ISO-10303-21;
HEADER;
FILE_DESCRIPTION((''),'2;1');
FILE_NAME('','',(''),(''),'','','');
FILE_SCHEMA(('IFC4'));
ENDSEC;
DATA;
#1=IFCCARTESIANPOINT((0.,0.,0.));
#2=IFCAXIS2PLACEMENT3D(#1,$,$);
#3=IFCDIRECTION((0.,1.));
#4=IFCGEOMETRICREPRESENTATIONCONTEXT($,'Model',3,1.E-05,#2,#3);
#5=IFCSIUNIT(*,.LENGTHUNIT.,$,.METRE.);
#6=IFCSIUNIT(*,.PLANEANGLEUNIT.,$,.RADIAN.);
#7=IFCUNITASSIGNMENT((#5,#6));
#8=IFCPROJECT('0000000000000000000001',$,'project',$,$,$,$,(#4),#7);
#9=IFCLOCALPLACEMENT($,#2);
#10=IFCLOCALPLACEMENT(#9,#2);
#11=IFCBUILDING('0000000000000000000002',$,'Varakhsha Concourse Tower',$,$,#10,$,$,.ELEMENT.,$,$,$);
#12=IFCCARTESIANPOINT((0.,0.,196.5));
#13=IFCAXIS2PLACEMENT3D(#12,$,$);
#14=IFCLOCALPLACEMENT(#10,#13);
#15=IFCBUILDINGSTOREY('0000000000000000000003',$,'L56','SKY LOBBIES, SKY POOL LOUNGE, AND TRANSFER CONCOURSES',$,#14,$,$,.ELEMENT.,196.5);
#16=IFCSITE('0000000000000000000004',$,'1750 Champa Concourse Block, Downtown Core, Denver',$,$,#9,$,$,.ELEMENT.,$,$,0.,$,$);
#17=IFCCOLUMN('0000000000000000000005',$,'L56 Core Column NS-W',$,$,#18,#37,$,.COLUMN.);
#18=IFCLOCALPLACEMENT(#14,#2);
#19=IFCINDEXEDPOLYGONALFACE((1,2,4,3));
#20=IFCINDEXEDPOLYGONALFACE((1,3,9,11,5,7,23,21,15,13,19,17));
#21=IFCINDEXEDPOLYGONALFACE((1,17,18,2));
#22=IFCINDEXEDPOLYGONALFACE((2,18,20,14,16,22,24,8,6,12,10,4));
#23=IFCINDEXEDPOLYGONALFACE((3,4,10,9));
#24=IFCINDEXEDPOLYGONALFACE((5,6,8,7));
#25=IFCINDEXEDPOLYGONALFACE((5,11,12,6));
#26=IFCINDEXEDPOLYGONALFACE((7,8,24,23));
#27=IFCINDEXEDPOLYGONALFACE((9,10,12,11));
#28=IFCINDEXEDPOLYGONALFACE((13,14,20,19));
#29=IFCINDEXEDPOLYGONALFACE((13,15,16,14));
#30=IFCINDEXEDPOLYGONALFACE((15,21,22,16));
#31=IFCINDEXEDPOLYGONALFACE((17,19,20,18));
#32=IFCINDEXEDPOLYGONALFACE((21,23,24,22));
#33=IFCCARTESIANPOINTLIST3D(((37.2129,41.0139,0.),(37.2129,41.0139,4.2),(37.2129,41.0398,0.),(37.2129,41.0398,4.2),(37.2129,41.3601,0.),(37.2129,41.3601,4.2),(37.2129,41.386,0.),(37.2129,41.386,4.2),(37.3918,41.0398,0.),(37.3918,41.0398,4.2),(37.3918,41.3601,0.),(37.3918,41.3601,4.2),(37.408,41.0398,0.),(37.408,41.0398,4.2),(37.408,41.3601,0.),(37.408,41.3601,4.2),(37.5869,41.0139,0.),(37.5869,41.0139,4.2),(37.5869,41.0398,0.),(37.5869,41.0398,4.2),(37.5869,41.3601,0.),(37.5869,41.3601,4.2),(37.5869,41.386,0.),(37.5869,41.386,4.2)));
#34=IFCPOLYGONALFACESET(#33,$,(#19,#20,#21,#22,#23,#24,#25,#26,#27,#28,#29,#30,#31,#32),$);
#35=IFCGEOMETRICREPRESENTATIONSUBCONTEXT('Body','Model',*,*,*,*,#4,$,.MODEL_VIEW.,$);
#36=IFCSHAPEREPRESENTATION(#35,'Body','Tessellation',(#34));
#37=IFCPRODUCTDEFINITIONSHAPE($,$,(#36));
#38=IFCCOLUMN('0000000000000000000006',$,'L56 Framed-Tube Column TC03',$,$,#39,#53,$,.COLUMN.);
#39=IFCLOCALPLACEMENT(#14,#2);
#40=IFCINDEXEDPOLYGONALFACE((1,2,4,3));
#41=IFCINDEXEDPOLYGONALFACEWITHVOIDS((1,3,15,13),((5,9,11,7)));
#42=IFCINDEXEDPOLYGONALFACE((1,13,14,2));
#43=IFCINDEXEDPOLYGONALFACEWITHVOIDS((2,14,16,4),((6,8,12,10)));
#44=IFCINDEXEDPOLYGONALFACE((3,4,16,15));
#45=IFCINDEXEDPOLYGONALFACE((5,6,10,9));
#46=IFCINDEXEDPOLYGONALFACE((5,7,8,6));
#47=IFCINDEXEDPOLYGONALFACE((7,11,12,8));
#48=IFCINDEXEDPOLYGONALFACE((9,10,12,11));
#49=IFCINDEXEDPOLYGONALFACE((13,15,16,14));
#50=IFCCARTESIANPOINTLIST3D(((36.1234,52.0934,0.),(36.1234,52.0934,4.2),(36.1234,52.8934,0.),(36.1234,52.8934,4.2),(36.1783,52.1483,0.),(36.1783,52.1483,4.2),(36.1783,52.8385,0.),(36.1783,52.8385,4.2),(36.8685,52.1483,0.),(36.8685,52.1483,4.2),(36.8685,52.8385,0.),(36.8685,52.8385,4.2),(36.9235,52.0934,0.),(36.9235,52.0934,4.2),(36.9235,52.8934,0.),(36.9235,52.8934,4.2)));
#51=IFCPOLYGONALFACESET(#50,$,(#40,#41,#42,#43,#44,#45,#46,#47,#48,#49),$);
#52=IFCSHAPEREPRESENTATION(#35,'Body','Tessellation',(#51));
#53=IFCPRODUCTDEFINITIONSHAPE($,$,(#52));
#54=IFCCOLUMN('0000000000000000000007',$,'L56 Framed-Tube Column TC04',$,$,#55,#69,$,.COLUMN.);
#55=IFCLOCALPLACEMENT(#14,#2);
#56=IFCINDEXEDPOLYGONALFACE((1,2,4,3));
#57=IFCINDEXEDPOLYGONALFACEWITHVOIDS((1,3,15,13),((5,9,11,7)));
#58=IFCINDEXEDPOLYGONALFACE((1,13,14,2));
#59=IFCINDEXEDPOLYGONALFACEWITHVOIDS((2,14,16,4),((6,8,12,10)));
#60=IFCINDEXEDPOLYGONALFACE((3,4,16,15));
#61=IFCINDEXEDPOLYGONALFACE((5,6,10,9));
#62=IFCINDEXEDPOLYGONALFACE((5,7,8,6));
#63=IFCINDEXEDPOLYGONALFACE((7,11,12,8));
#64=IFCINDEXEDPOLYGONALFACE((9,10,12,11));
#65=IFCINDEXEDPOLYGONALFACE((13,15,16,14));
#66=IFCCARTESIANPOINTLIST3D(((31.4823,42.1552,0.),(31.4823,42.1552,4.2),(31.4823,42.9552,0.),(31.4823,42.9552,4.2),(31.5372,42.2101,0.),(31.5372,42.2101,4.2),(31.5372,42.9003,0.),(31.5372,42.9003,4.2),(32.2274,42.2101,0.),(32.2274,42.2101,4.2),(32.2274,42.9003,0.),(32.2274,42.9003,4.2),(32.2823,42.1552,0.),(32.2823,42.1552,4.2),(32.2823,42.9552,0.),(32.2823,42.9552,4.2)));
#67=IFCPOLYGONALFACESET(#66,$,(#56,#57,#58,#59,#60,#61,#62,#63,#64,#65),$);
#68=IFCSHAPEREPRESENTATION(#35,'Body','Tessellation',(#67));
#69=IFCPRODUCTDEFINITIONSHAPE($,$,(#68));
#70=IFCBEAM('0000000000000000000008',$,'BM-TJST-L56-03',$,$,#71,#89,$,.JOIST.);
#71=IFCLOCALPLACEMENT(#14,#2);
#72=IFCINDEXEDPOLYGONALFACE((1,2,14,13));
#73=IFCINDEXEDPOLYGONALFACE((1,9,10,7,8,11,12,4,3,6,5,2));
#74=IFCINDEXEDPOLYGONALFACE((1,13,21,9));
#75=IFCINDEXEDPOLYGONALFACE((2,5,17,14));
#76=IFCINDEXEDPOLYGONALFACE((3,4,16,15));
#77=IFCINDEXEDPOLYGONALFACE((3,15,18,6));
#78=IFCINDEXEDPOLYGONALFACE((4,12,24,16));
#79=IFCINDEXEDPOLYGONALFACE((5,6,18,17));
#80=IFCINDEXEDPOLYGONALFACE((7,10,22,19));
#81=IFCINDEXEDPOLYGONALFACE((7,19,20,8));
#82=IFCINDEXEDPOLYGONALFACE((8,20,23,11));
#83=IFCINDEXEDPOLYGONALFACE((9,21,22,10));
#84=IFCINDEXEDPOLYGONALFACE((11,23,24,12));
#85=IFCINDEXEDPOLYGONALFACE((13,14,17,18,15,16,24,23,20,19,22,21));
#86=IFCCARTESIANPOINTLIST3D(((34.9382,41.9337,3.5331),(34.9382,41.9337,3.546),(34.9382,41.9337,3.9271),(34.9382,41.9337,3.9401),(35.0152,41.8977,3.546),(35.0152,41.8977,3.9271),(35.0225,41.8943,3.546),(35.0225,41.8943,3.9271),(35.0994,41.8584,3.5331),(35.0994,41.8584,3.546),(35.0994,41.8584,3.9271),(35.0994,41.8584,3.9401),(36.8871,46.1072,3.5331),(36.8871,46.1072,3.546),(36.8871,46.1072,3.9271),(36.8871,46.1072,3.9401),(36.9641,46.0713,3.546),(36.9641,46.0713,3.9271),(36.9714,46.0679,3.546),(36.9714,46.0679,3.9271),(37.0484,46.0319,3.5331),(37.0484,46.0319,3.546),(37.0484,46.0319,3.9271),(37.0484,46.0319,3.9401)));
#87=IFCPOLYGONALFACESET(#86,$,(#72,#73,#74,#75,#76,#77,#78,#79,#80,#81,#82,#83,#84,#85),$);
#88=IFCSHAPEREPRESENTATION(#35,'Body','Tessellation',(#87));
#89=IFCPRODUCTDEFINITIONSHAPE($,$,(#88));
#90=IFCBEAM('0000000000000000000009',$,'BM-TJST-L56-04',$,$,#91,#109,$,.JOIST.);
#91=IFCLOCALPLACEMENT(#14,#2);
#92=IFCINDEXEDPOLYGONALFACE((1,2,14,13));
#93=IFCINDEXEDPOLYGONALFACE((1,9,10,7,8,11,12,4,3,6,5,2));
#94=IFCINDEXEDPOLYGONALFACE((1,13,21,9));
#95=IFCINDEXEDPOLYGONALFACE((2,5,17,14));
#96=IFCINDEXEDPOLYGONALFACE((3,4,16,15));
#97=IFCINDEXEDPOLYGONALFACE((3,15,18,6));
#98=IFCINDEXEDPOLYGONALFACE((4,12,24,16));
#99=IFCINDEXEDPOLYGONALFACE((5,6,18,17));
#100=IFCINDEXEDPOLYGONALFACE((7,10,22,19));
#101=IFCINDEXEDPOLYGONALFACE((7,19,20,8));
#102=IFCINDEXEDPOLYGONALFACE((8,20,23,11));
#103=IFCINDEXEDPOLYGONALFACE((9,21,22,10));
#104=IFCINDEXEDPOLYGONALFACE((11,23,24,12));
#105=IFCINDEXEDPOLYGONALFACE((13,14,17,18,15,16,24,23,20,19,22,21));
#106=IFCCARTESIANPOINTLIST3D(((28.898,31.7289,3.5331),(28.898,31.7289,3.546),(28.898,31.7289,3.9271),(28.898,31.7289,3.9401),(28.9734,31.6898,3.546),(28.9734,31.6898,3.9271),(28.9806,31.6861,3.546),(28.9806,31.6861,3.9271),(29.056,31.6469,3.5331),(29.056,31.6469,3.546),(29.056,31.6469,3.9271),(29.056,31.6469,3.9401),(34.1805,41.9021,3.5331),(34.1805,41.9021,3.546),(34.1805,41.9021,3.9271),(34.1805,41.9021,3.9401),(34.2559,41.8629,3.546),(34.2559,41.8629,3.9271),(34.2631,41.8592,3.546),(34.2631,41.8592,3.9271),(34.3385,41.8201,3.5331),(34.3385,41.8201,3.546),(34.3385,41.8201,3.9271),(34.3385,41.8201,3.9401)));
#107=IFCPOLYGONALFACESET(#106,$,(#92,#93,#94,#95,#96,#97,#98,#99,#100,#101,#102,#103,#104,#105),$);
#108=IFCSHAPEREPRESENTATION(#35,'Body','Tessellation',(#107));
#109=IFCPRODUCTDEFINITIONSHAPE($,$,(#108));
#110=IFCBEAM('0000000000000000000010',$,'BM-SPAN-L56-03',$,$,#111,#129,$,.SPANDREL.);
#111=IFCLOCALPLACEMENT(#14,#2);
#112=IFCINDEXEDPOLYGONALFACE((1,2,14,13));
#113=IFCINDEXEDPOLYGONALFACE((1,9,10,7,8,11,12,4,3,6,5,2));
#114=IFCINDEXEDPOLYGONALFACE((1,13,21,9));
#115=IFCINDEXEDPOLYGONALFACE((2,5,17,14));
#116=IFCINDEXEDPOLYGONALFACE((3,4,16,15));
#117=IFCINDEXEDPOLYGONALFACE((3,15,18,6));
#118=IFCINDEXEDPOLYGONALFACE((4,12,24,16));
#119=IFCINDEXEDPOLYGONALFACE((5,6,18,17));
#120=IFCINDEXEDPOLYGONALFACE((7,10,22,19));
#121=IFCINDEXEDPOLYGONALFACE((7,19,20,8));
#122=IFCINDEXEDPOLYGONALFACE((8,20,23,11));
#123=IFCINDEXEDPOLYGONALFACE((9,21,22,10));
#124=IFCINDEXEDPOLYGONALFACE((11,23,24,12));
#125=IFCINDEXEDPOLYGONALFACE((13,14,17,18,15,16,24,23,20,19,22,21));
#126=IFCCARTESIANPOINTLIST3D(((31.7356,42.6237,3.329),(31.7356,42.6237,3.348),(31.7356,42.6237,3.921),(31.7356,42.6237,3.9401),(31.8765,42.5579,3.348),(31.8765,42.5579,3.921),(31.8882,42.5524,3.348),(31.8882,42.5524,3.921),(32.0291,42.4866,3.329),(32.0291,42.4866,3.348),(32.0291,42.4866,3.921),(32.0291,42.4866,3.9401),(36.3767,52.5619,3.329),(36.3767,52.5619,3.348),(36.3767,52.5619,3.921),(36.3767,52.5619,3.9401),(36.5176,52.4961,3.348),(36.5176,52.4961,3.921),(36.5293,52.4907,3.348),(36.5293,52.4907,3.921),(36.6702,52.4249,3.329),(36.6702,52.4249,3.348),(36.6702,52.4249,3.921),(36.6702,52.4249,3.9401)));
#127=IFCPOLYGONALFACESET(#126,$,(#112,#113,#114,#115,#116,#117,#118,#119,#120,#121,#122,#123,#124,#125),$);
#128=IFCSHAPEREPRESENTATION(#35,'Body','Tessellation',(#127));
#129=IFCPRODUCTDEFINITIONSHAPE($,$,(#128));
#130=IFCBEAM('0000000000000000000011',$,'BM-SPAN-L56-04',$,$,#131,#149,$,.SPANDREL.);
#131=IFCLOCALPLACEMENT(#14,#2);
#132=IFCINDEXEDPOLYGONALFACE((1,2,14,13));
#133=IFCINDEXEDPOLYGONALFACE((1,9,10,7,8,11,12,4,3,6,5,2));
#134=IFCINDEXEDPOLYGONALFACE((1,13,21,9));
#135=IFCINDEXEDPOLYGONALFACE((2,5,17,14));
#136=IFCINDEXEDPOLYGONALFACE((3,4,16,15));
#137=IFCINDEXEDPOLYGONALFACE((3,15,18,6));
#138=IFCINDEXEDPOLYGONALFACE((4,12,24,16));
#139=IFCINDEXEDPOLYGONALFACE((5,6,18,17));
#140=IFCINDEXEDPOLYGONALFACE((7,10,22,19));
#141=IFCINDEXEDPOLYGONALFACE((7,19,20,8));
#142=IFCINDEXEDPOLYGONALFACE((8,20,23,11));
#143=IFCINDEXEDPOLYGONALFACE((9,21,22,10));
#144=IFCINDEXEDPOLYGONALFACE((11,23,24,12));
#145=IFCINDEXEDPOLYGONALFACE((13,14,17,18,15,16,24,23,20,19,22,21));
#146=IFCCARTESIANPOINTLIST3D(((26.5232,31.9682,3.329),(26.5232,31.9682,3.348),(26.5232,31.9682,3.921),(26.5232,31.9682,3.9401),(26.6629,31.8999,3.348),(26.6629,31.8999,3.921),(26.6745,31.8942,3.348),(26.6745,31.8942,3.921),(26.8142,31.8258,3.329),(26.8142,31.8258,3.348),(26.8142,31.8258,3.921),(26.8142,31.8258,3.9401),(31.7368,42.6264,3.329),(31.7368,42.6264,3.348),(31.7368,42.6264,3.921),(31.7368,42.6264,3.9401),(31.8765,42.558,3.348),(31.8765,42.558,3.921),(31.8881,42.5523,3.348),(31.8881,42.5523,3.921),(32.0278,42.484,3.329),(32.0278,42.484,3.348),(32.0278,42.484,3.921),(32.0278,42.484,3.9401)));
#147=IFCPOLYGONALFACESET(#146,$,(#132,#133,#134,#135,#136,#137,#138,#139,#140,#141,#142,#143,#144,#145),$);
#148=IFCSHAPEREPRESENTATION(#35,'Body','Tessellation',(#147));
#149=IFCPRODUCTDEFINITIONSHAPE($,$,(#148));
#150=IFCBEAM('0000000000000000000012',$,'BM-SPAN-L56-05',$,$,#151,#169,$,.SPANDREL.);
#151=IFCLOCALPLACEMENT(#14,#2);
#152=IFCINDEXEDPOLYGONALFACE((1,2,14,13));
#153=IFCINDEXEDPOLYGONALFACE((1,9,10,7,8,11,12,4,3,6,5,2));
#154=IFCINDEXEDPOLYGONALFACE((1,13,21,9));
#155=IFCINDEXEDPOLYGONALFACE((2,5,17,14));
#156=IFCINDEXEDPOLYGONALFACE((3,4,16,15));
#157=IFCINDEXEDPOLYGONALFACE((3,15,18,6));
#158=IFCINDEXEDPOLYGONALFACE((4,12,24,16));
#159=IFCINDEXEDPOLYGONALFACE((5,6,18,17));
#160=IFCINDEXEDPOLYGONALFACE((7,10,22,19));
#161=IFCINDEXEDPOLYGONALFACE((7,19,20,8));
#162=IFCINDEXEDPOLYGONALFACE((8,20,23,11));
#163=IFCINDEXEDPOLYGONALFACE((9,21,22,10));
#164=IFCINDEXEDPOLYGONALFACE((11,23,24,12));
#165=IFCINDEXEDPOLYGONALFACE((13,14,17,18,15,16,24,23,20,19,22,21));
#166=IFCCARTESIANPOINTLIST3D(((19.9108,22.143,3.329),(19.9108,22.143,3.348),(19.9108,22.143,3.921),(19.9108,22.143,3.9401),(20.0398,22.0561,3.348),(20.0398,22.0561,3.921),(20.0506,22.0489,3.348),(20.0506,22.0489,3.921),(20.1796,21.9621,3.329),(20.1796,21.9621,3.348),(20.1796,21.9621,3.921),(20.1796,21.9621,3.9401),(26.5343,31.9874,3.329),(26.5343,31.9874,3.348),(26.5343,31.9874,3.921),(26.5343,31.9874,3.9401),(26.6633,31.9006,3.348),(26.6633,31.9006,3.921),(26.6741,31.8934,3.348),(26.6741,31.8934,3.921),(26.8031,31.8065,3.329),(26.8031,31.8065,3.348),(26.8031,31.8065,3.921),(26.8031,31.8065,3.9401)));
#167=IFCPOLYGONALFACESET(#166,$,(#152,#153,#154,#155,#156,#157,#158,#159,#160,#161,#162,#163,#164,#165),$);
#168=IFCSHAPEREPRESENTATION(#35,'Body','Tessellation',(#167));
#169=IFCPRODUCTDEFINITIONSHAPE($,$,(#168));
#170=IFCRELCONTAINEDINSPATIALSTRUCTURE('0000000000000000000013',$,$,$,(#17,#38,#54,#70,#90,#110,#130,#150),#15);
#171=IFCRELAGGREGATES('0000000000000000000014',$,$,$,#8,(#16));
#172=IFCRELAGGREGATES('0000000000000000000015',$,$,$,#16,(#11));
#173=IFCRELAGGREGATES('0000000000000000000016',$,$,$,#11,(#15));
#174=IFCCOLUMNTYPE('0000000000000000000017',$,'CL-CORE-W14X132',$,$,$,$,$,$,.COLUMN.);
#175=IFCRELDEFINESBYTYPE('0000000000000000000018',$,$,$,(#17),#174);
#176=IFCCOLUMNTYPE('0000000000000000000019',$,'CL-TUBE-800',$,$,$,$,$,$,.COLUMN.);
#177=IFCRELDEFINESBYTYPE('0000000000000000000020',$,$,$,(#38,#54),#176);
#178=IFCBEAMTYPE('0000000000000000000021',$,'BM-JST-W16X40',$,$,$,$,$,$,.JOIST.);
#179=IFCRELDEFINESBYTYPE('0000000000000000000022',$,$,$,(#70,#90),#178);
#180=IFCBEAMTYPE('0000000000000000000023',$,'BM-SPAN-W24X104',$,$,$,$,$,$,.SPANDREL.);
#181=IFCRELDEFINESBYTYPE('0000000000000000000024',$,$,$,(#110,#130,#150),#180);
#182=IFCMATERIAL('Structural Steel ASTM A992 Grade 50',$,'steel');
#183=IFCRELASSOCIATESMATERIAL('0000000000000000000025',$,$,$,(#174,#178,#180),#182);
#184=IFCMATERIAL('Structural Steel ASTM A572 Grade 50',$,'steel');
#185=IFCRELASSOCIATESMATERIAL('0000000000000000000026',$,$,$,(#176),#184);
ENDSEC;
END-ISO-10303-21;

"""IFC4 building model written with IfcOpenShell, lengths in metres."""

from ifc_helpers import new_model, si_unit, direction, frame, origin, origin_2d, place, context, subcontext, project, spatial, hollow_rectangle, i_section, extrude, material, material_profile, profile_set, type_object, element, save


model = new_model("IFC4")

# Units and contexts
model_context = context("Model", 3, precision=1e-05, world=origin(), true_north=direction((0.0, 1.0)))
body_context = subcontext(model_context, "Body", "Model", "MODEL_VIEW")
ifc_project = project(units=[si_unit("LENGTHUNIT", "METRE"), si_unit("PLANEANGLEUNIT", "RADIAN")], contexts=[model_context])

# Site, building, storey
site_placement = place(None, origin())
site = spatial("IfcSite", under=ifc_project, at=site_placement, Name="1750 Champa Concourse Block, Downtown Core, Denver", CompositionType="ELEMENT", RefElevation=0.0)
building_placement = place(site_placement, origin())
building = spatial("IfcBuilding", under=site, at=building_placement, Name="Varakhsha Concourse Tower", CompositionType="ELEMENT")
storey_placement = place(building_placement, frame((0.0, 0.0, 196.5)))
storey = spatial("IfcBuildingStorey", under=building, at=storey_placement, Name="L56", Description="SKY LOBBIES, SKY POOL LOUNGE, AND TRANSFER CONCOURSES", CompositionType="ELEMENT", Elevation=196.5)

# Columns
ifc_material_1 = material(Name="Structural Steel ASTM A992 Grade 50", Category="steel")
ifc_material_profile_1 = material_profile(ifc_material_1, i_section(OverallWidth=0.374, OverallDepth=0.3721, WebThickness=0.0161, FlangeThickness=0.0259, at=origin_2d()), Name="W14X132")
ifc_profile_set_1 = profile_set([ifc_material_profile_1], Name="Structural Steel ASTM A992 Grade 50")
column_type_1 = type_object("IfcColumnType", Name="CL-CORE-W14X132", PredefinedType="COLUMN", material=ifc_profile_set_1)
column_placement = place(storey_placement, frame((37.3999, 41.2, 0.0), z_axis=(0.0, 0.0, 1.0), x_axis=(1.0, 0.0, 0.0)))
element("IfcColumn", 1, at=column_placement, inside=storey, type_object=column_type_1, Name="L56 Core Column NS-W", PredefinedType="COLUMN", context=body_context, shape_type="SweptSolid", body=[
    extrude(i_section(OverallWidth=0.374, OverallDepth=0.3721, WebThickness=0.0161, FlangeThickness=0.0259, at=origin_2d()), origin(), (0.0, 0.0, 1.0), 4.2),
])
ifc_material_2 = material(Name="Structural Steel ASTM A572 Grade 50", Category="steel")
ifc_material_profile_2 = material_profile(ifc_material_2, hollow_rectangle(XDim=0.8, YDim=0.8, WallThickness=0.0549, at=origin_2d()), Name="BOX 800x800x55")
ifc_profile_set_2 = profile_set([ifc_material_profile_2], Name="Structural Steel ASTM A572 Grade 50")
column_type_2 = type_object("IfcColumnType", Name="CL-TUBE-800", PredefinedType="COLUMN", material=ifc_profile_set_2)
for number, where, z_axis, x_axis, name in (
    (2, (36.5234, 52.4934, 0.0), (0.0, 0.0, 1.0), (1.0, 0.0, 0.0), "L56 Framed-Tube Column TC03"),
    (3, (31.8823, 42.5552, 0.0), (0.0, 0.0, 1.0), (1.0, 0.0, 0.0), "L56 Framed-Tube Column TC04"),
):
    element("IfcColumn", number, at=place(storey_placement, frame(where, z_axis=z_axis, x_axis=x_axis)), inside=storey, type_object=column_type_2, Name=name, PredefinedType="COLUMN", context=body_context, shape_type="SweptSolid", body=[
        extrude(hollow_rectangle(XDim=0.8, YDim=0.8, WallThickness=0.0549, at=origin_2d()), origin(), (0.0, 0.0, 1.0), 4.2),
    ])

# Beams
ifc_material_profile_3 = material_profile(ifc_material_1, i_section(OverallWidth=0.178, OverallDepth=0.407, WebThickness=0.0081, FlangeThickness=0.0129, at=origin_2d()), Name="W16X40")
ifc_profile_set_3 = profile_set([ifc_material_profile_3], Name="Structural Steel ASTM A992 Grade 50")
beam_type_1 = type_object("IfcBeamType", Name="BM-JST-W16X40", PredefinedType="JOIST", material=ifc_profile_set_3)
beam_1_placement = place(storey_placement, frame((36.9678, 46.0696, 3.7366), z_axis=(-0.423118, -0.906075, 0.0), x_axis=(0.906075, -0.423118, 0.0)))
element("IfcBeam", 4, at=beam_1_placement, inside=storey, type_object=beam_type_1, Name="BM-TJST-L56-03", PredefinedType="JOIST", context=body_context, shape_type="SweptSolid", body=[
    extrude(i_section(OverallWidth=0.178, OverallDepth=0.407, WebThickness=0.0081, FlangeThickness=0.0129, at=origin_2d()), origin(), (0.0, 0.0, 1.0), 4.6062),
])
beam_2_placement = place(storey_placement, frame((34.2595, 41.8611, 3.7366), z_axis=(-0.460835, -0.887486, 0.0), x_axis=(0.887486, -0.460835, 0.0)))
element("IfcBeam", 5, at=beam_2_placement, inside=storey, type_object=beam_type_1, Name="BM-TJST-L56-04", PredefinedType="JOIST", context=body_context, shape_type="SweptSolid", body=[
    extrude(i_section(OverallWidth=0.178, OverallDepth=0.407, WebThickness=0.0081, FlangeThickness=0.0129, at=origin_2d()), origin(), (0.0, 0.0, 1.0), 11.4629),
])
ifc_material_profile_4 = material_profile(ifc_material_1, i_section(OverallWidth=0.324, OverallDepth=0.6111, WebThickness=0.0129, FlangeThickness=0.019, at=origin_2d()), Name="W24X104")
ifc_profile_set_4 = profile_set([ifc_material_profile_4], Name="Structural Steel ASTM A992 Grade 50")
beam_type_2 = type_object("IfcBeamType", Name="BM-SPAN-W24X104", PredefinedType="SPANDREL", material=ifc_profile_set_4)
beam_3_placement = place(storey_placement, frame((36.5234, 52.4934, 3.6345), z_axis=(-0.42313, -0.906069, 0.0), x_axis=(0.906069, -0.42313, 0.0)))
element("IfcBeam", 6, at=beam_3_placement, inside=storey, type_object=beam_type_2, Name="BM-SPAN-L56-03", PredefinedType="SPANDREL", context=body_context, shape_type="SweptSolid", body=[
    extrude(i_section(OverallWidth=0.324, OverallDepth=0.6111, WebThickness=0.0129, FlangeThickness=0.019, at=origin_2d()), origin(), (0.0, 0.0, 1.0), 10.9685),
])
beam_4_placement = place(storey_placement, frame((31.8823, 42.5552, 3.6345), z_axis=(-0.439411, -0.898286, 0.0), x_axis=(0.898286, -0.439411, 0.0)))
element("IfcBeam", 7, at=beam_4_placement, inside=storey, type_object=beam_type_2, Name="BM-SPAN-L56-04", PredefinedType="SPANDREL", context=body_context, shape_type="SweptSolid", body=[
    extrude(i_section(OverallWidth=0.324, OverallDepth=0.6111, WebThickness=0.0129, FlangeThickness=0.019, at=origin_2d()), origin(), (0.0, 0.0, 1.0), 11.865),
])
beam_5_placement = place(storey_placement, frame((26.6687, 31.897, 3.6345), z_axis=(-0.558228, -0.829688, 0.0), x_axis=(0.829688, -0.558228, 0.0)))
element("IfcBeam", 8, at=beam_5_placement, inside=storey, type_object=beam_type_2, Name="BM-SPAN-L56-05", PredefinedType="SPANDREL", context=body_context, shape_type="SweptSolid", body=[
    extrude(i_section(OverallWidth=0.324, OverallDepth=0.6111, WebThickness=0.0129, FlangeThickness=0.019, at=origin_2d()), origin(), (0.0, 0.0, 1.0), 11.8652),
])

save(model, "model.ifc")
